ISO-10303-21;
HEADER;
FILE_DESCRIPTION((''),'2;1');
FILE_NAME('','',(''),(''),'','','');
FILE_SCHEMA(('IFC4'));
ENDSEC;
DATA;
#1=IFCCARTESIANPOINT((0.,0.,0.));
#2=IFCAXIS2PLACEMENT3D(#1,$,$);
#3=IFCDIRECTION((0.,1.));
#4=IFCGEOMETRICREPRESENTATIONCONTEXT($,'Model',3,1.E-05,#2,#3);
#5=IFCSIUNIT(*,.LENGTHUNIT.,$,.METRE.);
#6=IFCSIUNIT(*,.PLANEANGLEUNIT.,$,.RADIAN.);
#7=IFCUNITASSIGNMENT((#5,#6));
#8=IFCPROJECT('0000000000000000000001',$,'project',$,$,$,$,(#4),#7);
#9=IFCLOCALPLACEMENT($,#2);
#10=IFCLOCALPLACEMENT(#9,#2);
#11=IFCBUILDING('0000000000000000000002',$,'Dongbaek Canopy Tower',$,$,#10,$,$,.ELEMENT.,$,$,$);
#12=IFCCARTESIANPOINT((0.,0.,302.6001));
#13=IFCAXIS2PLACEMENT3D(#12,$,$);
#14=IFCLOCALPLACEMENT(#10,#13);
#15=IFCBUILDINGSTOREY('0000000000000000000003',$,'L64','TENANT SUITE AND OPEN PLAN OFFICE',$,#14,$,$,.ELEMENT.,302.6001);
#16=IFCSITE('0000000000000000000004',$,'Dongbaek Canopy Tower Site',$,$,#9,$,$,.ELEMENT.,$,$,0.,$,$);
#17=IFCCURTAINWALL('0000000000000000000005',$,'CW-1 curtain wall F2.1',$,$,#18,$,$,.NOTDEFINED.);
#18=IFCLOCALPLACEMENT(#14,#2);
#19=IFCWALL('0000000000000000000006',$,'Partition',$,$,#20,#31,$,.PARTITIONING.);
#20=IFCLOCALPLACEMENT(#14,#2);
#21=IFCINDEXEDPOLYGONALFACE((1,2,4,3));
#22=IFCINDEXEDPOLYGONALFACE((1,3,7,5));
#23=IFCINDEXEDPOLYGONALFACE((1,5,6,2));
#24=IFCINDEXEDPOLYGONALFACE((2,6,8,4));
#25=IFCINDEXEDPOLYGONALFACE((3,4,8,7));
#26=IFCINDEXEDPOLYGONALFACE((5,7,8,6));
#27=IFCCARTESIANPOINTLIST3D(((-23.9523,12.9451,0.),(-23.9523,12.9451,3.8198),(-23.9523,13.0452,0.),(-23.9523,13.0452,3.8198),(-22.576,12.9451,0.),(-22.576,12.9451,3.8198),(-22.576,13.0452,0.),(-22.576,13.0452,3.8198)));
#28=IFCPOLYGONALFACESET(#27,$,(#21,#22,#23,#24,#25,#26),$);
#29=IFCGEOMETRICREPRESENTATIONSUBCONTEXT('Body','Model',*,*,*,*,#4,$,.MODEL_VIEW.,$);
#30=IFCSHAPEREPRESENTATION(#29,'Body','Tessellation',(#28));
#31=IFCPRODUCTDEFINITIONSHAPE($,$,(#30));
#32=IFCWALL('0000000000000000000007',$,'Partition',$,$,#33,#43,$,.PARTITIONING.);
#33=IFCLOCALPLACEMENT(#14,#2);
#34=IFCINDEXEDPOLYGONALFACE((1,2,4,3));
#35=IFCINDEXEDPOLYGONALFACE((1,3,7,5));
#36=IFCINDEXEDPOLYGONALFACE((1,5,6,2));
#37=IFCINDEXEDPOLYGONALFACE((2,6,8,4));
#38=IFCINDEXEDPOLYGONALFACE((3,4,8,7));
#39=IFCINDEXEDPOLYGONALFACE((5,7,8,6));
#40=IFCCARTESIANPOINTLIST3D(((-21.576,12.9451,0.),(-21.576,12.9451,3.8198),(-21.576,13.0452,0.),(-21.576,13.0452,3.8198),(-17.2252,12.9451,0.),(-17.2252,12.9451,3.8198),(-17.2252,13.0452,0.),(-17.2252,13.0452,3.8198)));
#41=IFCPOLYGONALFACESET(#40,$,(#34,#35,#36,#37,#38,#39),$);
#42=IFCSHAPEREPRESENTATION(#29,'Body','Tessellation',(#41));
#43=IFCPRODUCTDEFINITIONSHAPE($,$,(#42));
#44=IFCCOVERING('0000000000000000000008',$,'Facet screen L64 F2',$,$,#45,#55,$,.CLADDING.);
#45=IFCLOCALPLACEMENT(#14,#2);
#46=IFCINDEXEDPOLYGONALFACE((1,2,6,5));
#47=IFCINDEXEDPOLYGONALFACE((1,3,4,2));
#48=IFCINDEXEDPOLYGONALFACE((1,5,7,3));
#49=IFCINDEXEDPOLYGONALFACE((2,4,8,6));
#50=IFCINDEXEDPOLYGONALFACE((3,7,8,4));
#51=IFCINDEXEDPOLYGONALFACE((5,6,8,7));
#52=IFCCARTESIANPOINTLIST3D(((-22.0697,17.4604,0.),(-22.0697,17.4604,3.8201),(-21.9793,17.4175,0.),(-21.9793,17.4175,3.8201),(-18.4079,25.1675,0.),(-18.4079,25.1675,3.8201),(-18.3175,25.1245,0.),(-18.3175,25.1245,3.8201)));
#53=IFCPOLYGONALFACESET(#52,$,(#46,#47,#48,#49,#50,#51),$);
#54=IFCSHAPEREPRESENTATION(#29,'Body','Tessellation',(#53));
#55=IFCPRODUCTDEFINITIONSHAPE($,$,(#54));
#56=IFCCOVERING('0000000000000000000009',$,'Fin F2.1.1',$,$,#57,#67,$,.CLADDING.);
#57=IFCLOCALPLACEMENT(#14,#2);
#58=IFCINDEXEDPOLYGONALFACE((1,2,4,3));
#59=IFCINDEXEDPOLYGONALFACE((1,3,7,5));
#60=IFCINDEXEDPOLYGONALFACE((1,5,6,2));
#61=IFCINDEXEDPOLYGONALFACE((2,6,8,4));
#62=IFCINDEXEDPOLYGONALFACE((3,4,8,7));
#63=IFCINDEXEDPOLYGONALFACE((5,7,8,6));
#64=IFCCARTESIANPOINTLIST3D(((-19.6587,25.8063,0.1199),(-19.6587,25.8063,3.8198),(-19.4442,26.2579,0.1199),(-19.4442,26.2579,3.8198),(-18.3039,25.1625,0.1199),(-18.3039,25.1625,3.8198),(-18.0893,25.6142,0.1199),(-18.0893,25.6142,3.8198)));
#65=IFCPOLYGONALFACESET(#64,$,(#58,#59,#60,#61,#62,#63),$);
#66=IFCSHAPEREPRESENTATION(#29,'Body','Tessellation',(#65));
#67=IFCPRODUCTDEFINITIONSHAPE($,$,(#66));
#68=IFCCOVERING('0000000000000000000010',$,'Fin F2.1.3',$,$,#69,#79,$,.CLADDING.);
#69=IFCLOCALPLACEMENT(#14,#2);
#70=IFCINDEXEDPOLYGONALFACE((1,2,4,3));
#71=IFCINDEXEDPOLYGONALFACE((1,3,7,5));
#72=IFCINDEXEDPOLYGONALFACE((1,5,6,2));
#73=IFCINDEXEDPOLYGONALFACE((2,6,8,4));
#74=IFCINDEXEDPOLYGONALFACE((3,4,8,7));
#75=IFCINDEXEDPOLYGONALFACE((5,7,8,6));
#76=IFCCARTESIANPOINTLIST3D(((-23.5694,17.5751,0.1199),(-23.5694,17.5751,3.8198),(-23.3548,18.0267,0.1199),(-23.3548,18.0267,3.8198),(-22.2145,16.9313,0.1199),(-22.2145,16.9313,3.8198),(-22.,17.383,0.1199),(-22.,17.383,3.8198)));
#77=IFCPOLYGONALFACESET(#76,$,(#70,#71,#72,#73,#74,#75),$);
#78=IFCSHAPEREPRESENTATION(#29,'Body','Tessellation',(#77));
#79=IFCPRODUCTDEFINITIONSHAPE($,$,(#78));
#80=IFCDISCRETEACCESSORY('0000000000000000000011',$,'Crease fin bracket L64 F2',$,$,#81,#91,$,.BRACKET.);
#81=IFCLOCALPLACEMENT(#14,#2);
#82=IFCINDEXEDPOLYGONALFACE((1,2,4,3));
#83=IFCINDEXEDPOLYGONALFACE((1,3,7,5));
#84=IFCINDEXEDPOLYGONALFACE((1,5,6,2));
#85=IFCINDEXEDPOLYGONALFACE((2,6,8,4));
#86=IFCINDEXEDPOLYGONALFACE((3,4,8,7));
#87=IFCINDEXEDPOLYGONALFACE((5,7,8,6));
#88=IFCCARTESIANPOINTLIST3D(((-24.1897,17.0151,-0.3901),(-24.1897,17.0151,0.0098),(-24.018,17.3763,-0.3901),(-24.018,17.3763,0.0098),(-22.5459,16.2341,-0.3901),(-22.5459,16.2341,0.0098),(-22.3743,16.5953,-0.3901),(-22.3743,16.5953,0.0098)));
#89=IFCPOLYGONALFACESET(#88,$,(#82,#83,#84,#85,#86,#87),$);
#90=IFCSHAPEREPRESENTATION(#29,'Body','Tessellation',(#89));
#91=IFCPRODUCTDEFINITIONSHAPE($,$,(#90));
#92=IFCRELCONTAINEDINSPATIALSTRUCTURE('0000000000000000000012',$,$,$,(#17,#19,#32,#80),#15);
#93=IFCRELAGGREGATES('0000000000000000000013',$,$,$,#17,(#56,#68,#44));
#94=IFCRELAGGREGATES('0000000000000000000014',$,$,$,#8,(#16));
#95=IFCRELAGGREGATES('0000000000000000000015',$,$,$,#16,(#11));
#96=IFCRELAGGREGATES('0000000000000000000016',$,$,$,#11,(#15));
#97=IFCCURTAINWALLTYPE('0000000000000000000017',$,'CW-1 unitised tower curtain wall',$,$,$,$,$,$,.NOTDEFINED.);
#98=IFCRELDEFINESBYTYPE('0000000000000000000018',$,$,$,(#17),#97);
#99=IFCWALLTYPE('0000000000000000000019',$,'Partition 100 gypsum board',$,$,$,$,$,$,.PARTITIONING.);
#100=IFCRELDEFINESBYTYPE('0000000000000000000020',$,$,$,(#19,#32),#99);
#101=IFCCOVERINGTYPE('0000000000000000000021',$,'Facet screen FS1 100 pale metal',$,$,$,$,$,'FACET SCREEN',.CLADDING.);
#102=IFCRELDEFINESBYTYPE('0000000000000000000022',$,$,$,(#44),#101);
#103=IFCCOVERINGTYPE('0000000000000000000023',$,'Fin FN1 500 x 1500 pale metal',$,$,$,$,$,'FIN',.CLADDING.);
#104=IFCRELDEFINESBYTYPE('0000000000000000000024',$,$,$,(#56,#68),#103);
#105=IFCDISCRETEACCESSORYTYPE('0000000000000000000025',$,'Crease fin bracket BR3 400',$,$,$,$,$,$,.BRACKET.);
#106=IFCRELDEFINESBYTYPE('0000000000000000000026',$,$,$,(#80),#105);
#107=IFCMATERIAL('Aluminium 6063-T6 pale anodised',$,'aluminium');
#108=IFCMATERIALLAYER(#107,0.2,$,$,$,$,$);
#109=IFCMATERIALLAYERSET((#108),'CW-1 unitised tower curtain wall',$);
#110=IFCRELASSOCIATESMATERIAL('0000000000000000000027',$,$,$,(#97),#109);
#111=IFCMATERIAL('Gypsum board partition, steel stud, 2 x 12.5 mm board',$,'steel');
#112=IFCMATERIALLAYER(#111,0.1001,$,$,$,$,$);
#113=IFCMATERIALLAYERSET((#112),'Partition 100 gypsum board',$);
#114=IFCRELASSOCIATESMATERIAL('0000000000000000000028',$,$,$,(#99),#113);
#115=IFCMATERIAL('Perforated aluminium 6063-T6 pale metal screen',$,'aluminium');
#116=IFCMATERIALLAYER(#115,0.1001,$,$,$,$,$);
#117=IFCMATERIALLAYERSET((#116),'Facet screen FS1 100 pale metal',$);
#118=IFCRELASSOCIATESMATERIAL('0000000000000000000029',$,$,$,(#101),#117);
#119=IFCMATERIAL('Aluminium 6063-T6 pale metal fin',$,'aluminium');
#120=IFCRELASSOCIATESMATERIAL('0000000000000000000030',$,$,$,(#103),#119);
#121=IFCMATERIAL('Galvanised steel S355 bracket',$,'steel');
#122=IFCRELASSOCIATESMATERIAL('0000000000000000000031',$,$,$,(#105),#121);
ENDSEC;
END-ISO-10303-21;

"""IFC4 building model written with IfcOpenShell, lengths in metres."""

from ifc_helpers import new_model, si_unit, direction, frame, frame_2d, origin, origin_2d, place, context, subcontext, project, spatial, rectangle, extrude, material, layer, layer_set, material_profile, profile_set, type_object, element, aggregate, save


model = new_model("IFC4")

# Units and contexts
model_context = context("Model", 3, precision=1e-05, world=origin(), true_north=direction((0.0, 1.0)))
body_context = subcontext(model_context, "Body", "Model", "MODEL_VIEW")
ifc_project = project(units=[si_unit("LENGTHUNIT", "METRE"), si_unit("PLANEANGLEUNIT", "RADIAN")], contexts=[model_context])

# Site, building, storey
site_placement = place(None, origin())
site = spatial("IfcSite", under=ifc_project, at=site_placement, Name="Dongbaek Canopy Tower Site", CompositionType="ELEMENT", RefElevation=0.0)
building_placement = place(site_placement, origin())
building = spatial("IfcBuilding", under=site, at=building_placement, Name="Dongbaek Canopy Tower", CompositionType="ELEMENT")
storey_placement = place(building_placement, frame((0.0, 0.0, 302.6001)))
storey = spatial("IfcBuildingStorey", under=building, at=storey_placement, Name="L64", Description="TENANT SUITE AND OPEN PLAN OFFICE", CompositionType="ELEMENT", Elevation=302.6001)

# Curtain wall
ifc_material_1 = material(Name="Aluminium 6063-T6 pale anodised", Category="aluminium")
ifc_layer_1 = layer(ifc_material_1, 0.2)
ifc_layer_set_1 = layer_set([ifc_layer_1], Name="CW-1 unitised tower curtain wall")
curtain_wall_type = type_object("IfcCurtainWallType", Name="CW-1 unitised tower curtain wall", PredefinedType="NOTDEFINED", material=ifc_layer_set_1)
curtain_wall_1_placement = place(storey_placement, origin())
curtain_wall_1 = element("IfcCurtainWall", 1, at=curtain_wall_1_placement, inside=storey, type_object=curtain_wall_type, Name="CW-1 curtain wall F2.1", PredefinedType="NOTDEFINED")

# Walls
ifc_material_2 = material(Name="Gypsum board partition, steel stud, 2 x 12.5 mm board", Category="steel")
ifc_layer_2 = layer(ifc_material_2, 0.1001)
ifc_layer_set_2 = layer_set([ifc_layer_2], Name="Partition 100 gypsum board")
wall_type_1 = type_object("IfcWallType", Name="Partition 100 gypsum board", PredefinedType="PARTITIONING", material=ifc_layer_set_2)
wall_1_placement = place(storey_placement, frame((-23.9521, 12.9951, 0.0), z_axis=(0.0, 0.0, 1.0), x_axis=(1.0, 0.0, 0.0)))
element("IfcWall", 2, at=wall_1_placement, inside=storey, type_object=wall_type_1, Name="Partition", PredefinedType="PARTITIONING", context=body_context, shape_type="SweptSolid", body=[
    extrude(rectangle(XDim=1.3762, YDim=0.1001, at=frame_2d((0.688, 0.0))), origin(), (0.0, 0.0, 1.0), 3.8198),
])
wall_2_placement = place(storey_placement, frame((-21.5759, 12.9951, 0.0), z_axis=(0.0, 0.0, 1.0), x_axis=(1.0, 0.0, 0.0)))
element("IfcWall", 3, at=wall_2_placement, inside=storey, type_object=wall_type_1, Name="Partition", PredefinedType="PARTITIONING", context=body_context, shape_type="SweptSolid", body=[
    extrude(rectangle(XDim=4.3508, YDim=0.1001, at=frame_2d((2.1753, 0.0))), origin(), (0.0, 0.0, 1.0), 3.8198),
])

# Coverings
ifc_material_3 = material(Name="Perforated aluminium 6063-T6 pale metal screen", Category="aluminium")
ifc_layer_3 = layer(ifc_material_3, 0.1001)
ifc_layer_set_3 = layer_set([ifc_layer_3], Name="Facet screen FS1 100 pale metal")
covering_type_1 = type_object("IfcCoveringType", Name="Facet screen FS1 100 pale metal", ElementType="FACET SCREEN", PredefinedType="CLADDING", material=ifc_layer_set_3)
covering_1_placement = place(storey_placement, frame((-20.1936, 21.2925, 0.0), z_axis=(0.0, 0.0, 1.0), x_axis=(-0.429143, -0.903236, 0.0)))
covering_1 = element("IfcCovering", 4, at=covering_1_placement, type_object=covering_type_1, Name="Facet screen L64 F2", PredefinedType="CLADDING", context=body_context, shape_type="SweptSolid", body=[
    extrude(rectangle(XDim=8.5327, YDim=0.1001, at=origin_2d()), origin(), (0.0, 0.0, 1.0), 3.8201),
])
ifc_material_4 = material(Name="Aluminium 6063-T6 pale metal fin", Category="aluminium")
ifc_material_profile_1 = material_profile(ifc_material_4, rectangle(XDim=1.5, YDim=0.5, at=origin_2d()), Name="Fin FN1 500 x 1500 pale metal")
ifc_profile_set_1 = profile_set([ifc_material_profile_1], Name="Aluminium 6063-T6 pale metal fin")
covering_type_2 = type_object("IfcCoveringType", Name="Fin FN1 500 x 1500 pale metal", ElementType="FIN", PredefinedType="CLADDING", material=ifc_profile_set_1)
covering_2_placement = place(storey_placement, frame((-18.874, 25.7102, 0.1199), z_axis=(0.0, 0.0, 1.0), x_axis=(-0.903236, 0.429143, 0.0)))
covering_2 = element("IfcCovering", 5, at=covering_2_placement, type_object=covering_type_2, Name="Fin F2.1.1", PredefinedType="CLADDING", context=body_context, shape_type="SweptSolid", body=[
    extrude(rectangle(XDim=1.5, YDim=0.5, at=origin_2d()), origin(), (0.0, 0.0, 1.0), 3.7),
])
covering_3_placement = place(storey_placement, frame((-22.7847, 17.479, 0.1199), z_axis=(0.0, 0.0, 1.0), x_axis=(-0.903236, 0.429143, 0.0)))
covering_3 = element("IfcCovering", 6, at=covering_3_placement, type_object=covering_type_2, Name="Fin F2.1.3", PredefinedType="CLADDING", context=body_context, shape_type="SweptSolid", body=[
    extrude(rectangle(XDim=1.5, YDim=0.5, at=origin_2d()), origin(), (0.0, 0.0, 1.0), 3.7),
])
aggregate(curtain_wall_1, [covering_2, covering_3, covering_1])

# Discrete accessory
ifc_material_5 = material(Name="Galvanised steel S355 bracket", Category="steel")
discrete_accessory_type = type_object("IfcDiscreteAccessoryType", Name="Crease fin bracket BR3 400", PredefinedType="BRACKET", material=ifc_material_5)
discrete_accessory_placement = place(storey_placement, frame((-23.282, 16.8052, -0.3901), z_axis=(0.0, 0.0, 1.0), x_axis=(-0.903236, 0.429143, 0.0)))
element("IfcDiscreteAccessory", 7, at=discrete_accessory_placement, inside=storey, type_object=discrete_accessory_type, Name="Crease fin bracket L64 F2", PredefinedType="BRACKET", context=body_context, shape_type="SweptSolid", body=[
    extrude(rectangle(XDim=1.8198, YDim=0.3999, at=origin_2d()), origin(), (0.0, 0.0, 1.0), 0.3999),
])

save(model, "model.ifc")
